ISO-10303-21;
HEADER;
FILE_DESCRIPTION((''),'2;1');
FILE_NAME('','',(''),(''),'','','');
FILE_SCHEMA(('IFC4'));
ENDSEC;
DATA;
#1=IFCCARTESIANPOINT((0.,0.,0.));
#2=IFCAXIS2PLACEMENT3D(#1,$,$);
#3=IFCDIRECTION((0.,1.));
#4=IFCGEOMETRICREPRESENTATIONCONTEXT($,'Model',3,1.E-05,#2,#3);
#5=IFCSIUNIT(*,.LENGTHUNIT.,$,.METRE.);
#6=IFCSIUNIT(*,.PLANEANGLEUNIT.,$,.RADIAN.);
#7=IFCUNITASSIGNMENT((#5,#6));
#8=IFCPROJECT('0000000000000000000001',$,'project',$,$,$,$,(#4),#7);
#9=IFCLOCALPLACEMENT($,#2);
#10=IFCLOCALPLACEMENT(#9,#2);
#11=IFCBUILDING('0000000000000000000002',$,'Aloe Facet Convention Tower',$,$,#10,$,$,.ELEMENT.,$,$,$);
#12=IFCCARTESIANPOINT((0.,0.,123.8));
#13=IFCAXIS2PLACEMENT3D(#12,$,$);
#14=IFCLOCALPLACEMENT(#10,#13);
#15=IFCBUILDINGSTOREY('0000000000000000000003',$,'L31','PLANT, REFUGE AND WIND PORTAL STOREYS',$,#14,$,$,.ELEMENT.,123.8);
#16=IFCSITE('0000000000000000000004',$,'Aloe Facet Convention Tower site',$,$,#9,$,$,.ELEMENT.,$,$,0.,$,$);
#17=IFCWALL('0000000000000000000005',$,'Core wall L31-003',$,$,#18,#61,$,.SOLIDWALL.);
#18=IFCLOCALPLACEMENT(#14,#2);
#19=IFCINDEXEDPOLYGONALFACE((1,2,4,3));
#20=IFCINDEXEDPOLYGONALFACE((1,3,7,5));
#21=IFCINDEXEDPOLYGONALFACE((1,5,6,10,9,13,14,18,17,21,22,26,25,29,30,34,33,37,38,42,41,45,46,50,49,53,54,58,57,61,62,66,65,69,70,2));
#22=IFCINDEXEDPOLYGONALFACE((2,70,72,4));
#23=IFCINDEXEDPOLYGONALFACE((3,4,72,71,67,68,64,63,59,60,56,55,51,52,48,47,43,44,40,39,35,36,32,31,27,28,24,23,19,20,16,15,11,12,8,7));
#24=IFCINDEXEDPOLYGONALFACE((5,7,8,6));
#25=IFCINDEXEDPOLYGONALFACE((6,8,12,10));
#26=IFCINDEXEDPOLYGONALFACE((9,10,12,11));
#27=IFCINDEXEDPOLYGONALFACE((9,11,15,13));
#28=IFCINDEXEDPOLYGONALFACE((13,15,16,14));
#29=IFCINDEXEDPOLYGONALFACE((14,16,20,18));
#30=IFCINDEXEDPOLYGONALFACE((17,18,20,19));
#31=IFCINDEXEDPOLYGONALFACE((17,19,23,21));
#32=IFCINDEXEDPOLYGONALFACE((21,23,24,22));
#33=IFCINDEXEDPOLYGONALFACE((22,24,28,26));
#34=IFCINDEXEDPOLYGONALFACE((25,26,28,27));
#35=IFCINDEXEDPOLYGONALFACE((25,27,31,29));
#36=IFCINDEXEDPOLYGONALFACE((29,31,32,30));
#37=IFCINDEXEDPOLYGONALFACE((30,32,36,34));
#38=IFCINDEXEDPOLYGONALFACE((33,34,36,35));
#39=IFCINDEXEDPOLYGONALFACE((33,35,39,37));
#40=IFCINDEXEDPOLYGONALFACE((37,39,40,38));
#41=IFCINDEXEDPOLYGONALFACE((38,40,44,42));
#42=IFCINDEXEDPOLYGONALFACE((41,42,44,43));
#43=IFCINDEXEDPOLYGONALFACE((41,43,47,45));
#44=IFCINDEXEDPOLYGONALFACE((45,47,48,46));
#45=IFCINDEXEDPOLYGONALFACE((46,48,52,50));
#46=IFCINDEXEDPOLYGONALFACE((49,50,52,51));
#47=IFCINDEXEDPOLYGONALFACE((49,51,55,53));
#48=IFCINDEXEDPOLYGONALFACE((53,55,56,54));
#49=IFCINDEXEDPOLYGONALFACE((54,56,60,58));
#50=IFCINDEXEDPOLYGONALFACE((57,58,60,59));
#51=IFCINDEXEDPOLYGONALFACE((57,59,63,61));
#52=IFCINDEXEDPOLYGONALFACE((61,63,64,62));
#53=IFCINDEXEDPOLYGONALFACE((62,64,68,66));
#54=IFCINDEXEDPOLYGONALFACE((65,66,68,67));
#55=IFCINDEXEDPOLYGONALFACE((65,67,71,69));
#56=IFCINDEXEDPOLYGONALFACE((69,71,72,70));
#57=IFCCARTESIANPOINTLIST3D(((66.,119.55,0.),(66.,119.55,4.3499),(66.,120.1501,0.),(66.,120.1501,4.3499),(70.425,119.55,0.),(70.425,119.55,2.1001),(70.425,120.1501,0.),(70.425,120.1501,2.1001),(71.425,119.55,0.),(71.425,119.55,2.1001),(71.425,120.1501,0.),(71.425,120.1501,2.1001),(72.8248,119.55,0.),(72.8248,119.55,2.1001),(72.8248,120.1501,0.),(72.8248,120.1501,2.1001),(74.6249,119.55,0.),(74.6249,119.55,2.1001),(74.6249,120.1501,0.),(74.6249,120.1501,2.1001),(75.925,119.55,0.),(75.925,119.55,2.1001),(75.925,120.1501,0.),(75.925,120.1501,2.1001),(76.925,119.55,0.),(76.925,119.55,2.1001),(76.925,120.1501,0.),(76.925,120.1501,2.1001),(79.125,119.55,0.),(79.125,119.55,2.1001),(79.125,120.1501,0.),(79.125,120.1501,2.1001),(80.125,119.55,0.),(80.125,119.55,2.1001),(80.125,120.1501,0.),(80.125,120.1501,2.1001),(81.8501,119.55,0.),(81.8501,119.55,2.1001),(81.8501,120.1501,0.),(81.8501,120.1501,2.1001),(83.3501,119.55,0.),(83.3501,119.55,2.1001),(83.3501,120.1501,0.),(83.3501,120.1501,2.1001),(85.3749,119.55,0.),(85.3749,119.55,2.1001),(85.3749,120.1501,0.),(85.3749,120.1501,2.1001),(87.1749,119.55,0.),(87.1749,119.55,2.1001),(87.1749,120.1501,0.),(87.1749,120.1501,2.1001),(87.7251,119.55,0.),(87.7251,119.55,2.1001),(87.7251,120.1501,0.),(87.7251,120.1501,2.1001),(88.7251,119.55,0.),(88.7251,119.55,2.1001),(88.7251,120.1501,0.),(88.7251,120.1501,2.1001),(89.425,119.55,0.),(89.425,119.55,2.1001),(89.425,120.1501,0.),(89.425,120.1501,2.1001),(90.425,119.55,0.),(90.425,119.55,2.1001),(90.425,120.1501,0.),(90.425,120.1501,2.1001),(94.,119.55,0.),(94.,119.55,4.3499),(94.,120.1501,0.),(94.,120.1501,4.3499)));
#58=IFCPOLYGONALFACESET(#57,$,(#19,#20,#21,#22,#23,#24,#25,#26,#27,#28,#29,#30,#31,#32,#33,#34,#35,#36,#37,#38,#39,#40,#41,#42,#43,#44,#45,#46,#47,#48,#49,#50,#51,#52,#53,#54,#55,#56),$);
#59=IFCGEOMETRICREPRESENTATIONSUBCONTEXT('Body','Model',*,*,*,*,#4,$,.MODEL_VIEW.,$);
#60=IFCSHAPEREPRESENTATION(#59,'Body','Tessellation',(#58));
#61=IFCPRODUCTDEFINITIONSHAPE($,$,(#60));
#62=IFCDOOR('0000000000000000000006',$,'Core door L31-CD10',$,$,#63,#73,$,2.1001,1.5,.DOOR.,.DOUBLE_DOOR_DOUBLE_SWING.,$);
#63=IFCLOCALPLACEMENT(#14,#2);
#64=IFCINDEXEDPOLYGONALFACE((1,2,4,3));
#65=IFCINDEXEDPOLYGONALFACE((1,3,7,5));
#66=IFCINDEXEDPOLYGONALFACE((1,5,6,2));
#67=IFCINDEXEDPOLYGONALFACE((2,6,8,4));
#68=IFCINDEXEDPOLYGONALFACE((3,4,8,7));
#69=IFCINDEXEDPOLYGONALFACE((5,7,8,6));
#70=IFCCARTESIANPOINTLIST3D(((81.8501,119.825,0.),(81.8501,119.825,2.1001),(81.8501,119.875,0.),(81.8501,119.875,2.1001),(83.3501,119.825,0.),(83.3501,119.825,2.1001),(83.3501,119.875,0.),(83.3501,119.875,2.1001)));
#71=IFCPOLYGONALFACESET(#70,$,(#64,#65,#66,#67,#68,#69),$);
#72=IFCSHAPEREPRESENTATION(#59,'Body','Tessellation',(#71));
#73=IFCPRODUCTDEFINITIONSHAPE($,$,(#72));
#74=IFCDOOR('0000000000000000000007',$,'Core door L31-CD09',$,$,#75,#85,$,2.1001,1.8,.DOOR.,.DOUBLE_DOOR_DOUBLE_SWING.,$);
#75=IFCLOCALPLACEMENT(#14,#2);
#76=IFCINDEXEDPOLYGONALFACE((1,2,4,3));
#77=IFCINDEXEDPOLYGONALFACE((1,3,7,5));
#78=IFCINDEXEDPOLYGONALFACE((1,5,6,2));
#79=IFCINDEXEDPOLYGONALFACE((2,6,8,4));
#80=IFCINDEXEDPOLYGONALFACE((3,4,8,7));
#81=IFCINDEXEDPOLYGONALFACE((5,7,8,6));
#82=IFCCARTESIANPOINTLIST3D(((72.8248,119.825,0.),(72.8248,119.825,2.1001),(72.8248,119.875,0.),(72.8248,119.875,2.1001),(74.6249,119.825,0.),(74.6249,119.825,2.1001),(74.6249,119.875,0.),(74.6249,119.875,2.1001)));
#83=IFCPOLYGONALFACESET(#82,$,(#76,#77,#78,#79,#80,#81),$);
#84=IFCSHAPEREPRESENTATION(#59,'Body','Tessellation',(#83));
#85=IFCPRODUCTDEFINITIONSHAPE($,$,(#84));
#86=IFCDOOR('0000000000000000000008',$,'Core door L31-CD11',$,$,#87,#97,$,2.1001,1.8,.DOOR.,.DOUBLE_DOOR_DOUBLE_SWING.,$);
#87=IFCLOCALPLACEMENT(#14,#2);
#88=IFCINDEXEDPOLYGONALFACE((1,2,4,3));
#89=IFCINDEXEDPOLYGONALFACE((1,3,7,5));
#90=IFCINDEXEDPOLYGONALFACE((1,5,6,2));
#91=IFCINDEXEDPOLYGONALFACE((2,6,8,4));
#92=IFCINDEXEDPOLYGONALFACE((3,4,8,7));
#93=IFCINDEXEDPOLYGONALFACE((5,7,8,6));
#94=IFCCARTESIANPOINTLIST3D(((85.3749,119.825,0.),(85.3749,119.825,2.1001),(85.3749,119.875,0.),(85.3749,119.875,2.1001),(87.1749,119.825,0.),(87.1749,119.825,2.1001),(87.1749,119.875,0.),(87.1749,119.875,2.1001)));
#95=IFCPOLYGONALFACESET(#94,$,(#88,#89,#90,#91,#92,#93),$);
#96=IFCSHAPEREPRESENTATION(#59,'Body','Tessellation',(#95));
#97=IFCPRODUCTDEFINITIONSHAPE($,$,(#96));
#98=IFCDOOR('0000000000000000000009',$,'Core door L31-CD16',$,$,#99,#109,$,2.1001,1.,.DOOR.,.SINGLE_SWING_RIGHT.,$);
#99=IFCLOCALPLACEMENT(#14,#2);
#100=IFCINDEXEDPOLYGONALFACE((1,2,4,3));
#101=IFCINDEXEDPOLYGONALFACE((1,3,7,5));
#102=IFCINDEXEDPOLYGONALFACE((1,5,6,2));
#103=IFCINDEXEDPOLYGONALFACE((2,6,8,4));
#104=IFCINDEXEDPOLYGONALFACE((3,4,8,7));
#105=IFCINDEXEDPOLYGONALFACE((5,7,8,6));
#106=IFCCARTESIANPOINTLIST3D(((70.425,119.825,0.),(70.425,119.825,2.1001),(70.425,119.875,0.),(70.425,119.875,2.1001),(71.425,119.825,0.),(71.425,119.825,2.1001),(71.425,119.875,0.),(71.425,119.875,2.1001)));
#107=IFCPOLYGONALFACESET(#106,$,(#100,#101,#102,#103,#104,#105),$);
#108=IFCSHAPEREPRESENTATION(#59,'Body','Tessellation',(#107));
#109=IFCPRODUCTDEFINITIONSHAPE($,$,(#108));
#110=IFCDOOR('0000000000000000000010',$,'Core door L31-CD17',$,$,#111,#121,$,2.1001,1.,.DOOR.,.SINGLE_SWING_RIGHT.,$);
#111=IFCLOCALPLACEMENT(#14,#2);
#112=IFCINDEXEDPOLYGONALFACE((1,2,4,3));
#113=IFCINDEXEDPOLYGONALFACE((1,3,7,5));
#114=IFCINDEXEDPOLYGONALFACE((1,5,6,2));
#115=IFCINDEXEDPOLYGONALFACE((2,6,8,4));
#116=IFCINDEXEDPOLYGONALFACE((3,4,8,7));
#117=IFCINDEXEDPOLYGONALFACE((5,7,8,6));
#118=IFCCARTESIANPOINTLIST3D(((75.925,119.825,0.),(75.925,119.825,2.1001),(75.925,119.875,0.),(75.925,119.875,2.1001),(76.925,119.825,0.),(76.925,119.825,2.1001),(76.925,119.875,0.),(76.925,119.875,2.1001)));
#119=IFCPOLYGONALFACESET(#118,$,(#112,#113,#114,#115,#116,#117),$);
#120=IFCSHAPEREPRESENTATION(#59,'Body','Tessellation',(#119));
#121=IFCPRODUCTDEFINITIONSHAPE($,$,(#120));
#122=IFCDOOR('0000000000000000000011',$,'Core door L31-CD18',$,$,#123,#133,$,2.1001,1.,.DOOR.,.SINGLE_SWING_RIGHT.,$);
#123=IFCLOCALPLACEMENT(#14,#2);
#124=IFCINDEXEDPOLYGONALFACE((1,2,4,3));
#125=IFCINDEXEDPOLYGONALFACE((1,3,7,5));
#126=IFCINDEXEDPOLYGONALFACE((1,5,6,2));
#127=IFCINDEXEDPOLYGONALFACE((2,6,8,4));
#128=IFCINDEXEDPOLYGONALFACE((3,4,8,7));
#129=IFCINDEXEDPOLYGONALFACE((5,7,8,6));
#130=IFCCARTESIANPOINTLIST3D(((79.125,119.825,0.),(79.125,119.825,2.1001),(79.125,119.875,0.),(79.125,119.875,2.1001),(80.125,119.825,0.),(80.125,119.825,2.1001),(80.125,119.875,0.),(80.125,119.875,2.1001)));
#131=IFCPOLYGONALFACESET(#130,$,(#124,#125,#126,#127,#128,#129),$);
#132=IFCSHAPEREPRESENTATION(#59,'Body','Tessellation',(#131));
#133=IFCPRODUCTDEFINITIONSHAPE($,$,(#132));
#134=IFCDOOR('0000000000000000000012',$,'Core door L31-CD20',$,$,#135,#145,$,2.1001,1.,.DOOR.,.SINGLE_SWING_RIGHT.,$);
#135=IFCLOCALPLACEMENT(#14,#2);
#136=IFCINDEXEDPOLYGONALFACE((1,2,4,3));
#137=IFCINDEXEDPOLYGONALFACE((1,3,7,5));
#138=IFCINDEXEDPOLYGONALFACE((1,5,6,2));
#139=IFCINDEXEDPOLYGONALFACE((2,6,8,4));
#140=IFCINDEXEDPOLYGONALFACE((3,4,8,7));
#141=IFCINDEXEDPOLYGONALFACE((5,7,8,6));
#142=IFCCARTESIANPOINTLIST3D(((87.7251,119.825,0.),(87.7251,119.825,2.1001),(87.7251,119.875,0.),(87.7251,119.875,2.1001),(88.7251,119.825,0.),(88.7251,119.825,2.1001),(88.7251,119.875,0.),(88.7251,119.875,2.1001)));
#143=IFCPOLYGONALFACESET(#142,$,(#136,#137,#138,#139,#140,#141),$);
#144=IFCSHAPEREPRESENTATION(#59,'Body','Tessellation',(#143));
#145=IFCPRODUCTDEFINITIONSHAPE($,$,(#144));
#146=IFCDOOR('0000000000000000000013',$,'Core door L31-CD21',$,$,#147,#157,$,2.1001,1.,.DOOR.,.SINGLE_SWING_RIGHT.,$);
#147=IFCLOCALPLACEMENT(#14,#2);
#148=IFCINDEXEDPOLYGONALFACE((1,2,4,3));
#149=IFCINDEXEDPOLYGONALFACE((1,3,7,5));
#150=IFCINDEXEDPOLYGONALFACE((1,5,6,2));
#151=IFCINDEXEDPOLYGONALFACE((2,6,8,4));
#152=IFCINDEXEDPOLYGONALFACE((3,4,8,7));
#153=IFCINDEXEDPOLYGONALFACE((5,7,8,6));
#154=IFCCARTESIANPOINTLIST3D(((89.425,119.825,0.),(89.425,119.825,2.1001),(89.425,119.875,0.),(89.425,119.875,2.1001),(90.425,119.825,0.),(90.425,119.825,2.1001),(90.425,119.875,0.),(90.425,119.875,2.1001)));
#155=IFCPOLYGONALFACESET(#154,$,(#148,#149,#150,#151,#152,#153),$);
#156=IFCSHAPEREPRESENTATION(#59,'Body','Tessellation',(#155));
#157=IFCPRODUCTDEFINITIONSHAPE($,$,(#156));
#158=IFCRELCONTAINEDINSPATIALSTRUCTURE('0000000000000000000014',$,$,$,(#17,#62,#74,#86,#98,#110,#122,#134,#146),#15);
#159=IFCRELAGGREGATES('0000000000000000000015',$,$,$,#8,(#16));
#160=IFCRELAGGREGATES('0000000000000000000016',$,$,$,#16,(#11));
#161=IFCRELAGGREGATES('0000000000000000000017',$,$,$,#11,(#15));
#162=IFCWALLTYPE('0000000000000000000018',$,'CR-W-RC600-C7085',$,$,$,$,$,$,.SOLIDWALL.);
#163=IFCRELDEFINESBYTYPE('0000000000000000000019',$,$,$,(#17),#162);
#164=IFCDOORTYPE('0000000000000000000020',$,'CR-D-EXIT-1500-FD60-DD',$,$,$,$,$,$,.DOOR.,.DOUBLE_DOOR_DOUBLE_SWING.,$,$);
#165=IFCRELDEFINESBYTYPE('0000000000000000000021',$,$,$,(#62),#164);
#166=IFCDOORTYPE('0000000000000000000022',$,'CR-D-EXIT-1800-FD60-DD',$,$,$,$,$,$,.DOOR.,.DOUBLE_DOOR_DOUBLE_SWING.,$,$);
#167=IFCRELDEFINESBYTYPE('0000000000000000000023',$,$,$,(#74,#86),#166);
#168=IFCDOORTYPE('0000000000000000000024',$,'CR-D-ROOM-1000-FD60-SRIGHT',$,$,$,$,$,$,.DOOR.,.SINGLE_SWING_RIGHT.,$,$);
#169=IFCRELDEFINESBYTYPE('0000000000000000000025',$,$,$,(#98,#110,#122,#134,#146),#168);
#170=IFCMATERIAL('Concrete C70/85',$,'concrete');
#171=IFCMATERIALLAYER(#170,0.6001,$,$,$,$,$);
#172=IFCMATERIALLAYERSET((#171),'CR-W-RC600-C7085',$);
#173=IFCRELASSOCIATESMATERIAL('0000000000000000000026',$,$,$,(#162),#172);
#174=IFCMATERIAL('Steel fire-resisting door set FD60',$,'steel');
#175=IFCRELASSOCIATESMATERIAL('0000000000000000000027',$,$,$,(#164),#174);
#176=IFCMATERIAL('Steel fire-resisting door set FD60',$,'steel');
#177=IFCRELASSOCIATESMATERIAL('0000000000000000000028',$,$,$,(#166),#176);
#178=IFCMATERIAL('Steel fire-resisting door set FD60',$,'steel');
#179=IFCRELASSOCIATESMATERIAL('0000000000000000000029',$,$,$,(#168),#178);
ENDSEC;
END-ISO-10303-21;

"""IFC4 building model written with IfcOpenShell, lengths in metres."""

from ifc_helpers import new_model, si_unit, direction, frame, frame_2d, origin, place, context, subcontext, project, spatial, rectangle, extrude, material, layer, layer_set, type_object, element, fill, save


model = new_model("IFC4")

# Units and contexts
model_context = context("Model", 3, precision=1e-05, world=origin(), true_north=direction((0.0, 1.0)))
body_context = subcontext(model_context, "Body", "Model", "MODEL_VIEW")
ifc_project = project(units=[si_unit("LENGTHUNIT", "METRE"), si_unit("PLANEANGLEUNIT", "RADIAN")], contexts=[model_context])

# Site, building, storey
site_placement = place(None, origin())
site = spatial("IfcSite", under=ifc_project, at=site_placement, Name="Aloe Facet Convention Tower site", CompositionType="ELEMENT", RefElevation=0.0)
building_placement = place(site_placement, origin())
building = spatial("IfcBuilding", under=site, at=building_placement, Name="Aloe Facet Convention Tower", CompositionType="ELEMENT")
storey_placement = place(building_placement, frame((0.0, 0.0, 123.8)))
storey = spatial("IfcBuildingStorey", under=building, at=storey_placement, Name="L31", Description="PLANT, REFUGE AND WIND PORTAL STOREYS", CompositionType="ELEMENT", Elevation=123.8)

# Wall, openings, doors
ifc_material_1 = material(Name="Concrete C70/85", Category="concrete")
ifc_layer_1 = layer(ifc_material_1, 0.6001)
ifc_layer_set_1 = layer_set([ifc_layer_1], Name="CR-W-RC600-C7085")
wall_type_1 = type_object("IfcWallType", Name="CR-W-RC600-C7085", PredefinedType="SOLIDWALL", material=ifc_layer_set_1)
wall_1_placement = place(storey_placement, frame((66.0, 119.8501, 0.0), z_axis=(0.0, 0.0, 1.0), x_axis=(1.0, 0.0, 0.0)))
wall_1 = element("IfcWall", 1, at=wall_1_placement, inside=storey, type_object=wall_type_1, Name="Core wall L31-003", PredefinedType="SOLIDWALL", context=body_context, shape_type="SweptSolid", body=[
    extrude(rectangle(XDim=28.0, YDim=0.6001, at=frame_2d((14.0, 0.0))), origin(), (0.0, 0.0, 1.0), 4.3499),
])
opening_1_placement = place(wall_1_placement, frame((6.825, 0.0, 0.0)))
opening_1 = element("IfcOpeningElement", 2, at=opening_1_placement, cuts=wall_1, PredefinedType="OPENING", context=body_context, shape_type="SweptSolid", body=[
    extrude(rectangle(XDim=1.8, YDim=2.1001, at=frame_2d((0.8999, 1.05))), frame((0.0, 0.3101, 0.0), z_axis=(0.0, -1.0, 0.0), x_axis=(1.0, 0.0, 0.0)), (0.0, 0.0, 1.0), 0.6201),
])
opening_2_placement = place(wall_1_placement, frame((15.8501, 0.0, 0.0)))
opening_2 = element("IfcOpeningElement", 3, at=opening_2_placement, cuts=wall_1, PredefinedType="OPENING", context=body_context, shape_type="SweptSolid", body=[
    extrude(rectangle(XDim=1.5, YDim=2.1001, at=frame_2d((0.75, 1.05))), frame((0.0, 0.3101, 0.0), z_axis=(0.0, -1.0, 0.0), x_axis=(1.0, 0.0, 0.0)), (0.0, 0.0, 1.0), 0.6201),
])
opening_3_placement = place(wall_1_placement, frame((19.375, 0.0, 0.0)))
opening_3 = element("IfcOpeningElement", 4, at=opening_3_placement, cuts=wall_1, PredefinedType="OPENING", context=body_context, shape_type="SweptSolid", body=[
    extrude(rectangle(XDim=1.8, YDim=2.1001, at=frame_2d((0.8999, 1.05))), frame((0.0, 0.3101, 0.0), z_axis=(0.0, -1.0, 0.0), x_axis=(1.0, 0.0, 0.0)), (0.0, 0.0, 1.0), 0.6201),
])
opening_4_placement = place(wall_1_placement, frame((4.425, 0.0, 0.0)))
opening_4 = element("IfcOpeningElement", 5, at=opening_4_placement, cuts=wall_1, PredefinedType="OPENING", context=body_context, shape_type="SweptSolid", body=[
    extrude(rectangle(XDim=1.0, YDim=2.1001, at=frame_2d((0.5, 1.05))), frame((0.0, 0.3101, 0.0), z_axis=(0.0, -1.0, 0.0), x_axis=(1.0, 0.0, 0.0)), (0.0, 0.0, 1.0), 0.6201),
])
opening_5_placement = place(wall_1_placement, frame((9.925, 0.0, 0.0)))
opening_5 = element("IfcOpeningElement", 6, at=opening_5_placement, cuts=wall_1, PredefinedType="OPENING", context=body_context, shape_type="SweptSolid", body=[
    extrude(rectangle(XDim=1.0, YDim=2.1001, at=frame_2d((0.5, 1.05))), frame((0.0, 0.3101, 0.0), z_axis=(0.0, -1.0, 0.0), x_axis=(1.0, 0.0, 0.0)), (0.0, 0.0, 1.0), 0.6201),
])
opening_6_placement = place(wall_1_placement, frame((13.125, 0.0, 0.0)))
opening_6 = element("IfcOpeningElement", 7, at=opening_6_placement, cuts=wall_1, PredefinedType="OPENING", context=body_context, shape_type="SweptSolid", body=[
    extrude(rectangle(XDim=1.0, YDim=2.1001, at=frame_2d((0.5, 1.05))), frame((0.0, 0.3101, 0.0), z_axis=(0.0, -1.0, 0.0), x_axis=(1.0, 0.0, 0.0)), (0.0, 0.0, 1.0), 0.6201),
])
opening_7_placement = place(wall_1_placement, frame((21.7251, 0.0, 0.0)))
opening_7 = element("IfcOpeningElement", 8, at=opening_7_placement, cuts=wall_1, PredefinedType="OPENING", context=body_context, shape_type="SweptSolid", body=[
    extrude(rectangle(XDim=1.0, YDim=2.1001, at=frame_2d((0.5, 1.05))), frame((0.0, 0.3101, 0.0), z_axis=(0.0, -1.0, 0.0), x_axis=(1.0, 0.0, 0.0)), (0.0, 0.0, 1.0), 0.6201),
])
opening_8_placement = place(wall_1_placement, frame((23.425, 0.0, 0.0)))
opening_8 = element("IfcOpeningElement", 9, at=opening_8_placement, cuts=wall_1, PredefinedType="OPENING", context=body_context, shape_type="SweptSolid", body=[
    extrude(rectangle(XDim=1.0, YDim=2.1001, at=frame_2d((0.5, 1.05))), frame((0.0, 0.3101, 0.0), z_axis=(0.0, -1.0, 0.0), x_axis=(1.0, 0.0, 0.0)), (0.0, 0.0, 1.0), 0.6201),
])
ifc_material_2 = material(Name="Steel fire-resisting door set FD60", Category="steel")
door_type_1 = type_object("IfcDoorType", Name="CR-D-EXIT-1500-FD60-DD", OperationType="DOUBLE_DOOR_DOUBLE_SWING", PredefinedType="DOOR", material=ifc_material_2)
door_1_placement = place(opening_2_placement, origin())
door_1 = element("IfcDoor", 10, at=door_1_placement, inside=storey, type_object=door_type_1, Name="Core door L31-CD10", OperationType="DOUBLE_DOOR_DOUBLE_SWING", OverallHeight=2.1001, OverallWidth=1.5, PredefinedType="DOOR", context=body_context, shape_type="SweptSolid", body=[
    extrude(rectangle(XDim=1.5, YDim=2.1001, at=frame_2d((0.75, 1.05))), frame((0.0, 0.0249, 0.0), z_axis=(0.0, -1.0, 0.0), x_axis=(1.0, 0.0, 0.0)), (0.0, 0.0, 1.0), 0.05),
])
fill(opening_2, door_1)
ifc_material_3 = material(Name="Steel fire-resisting door set FD60", Category="steel")
door_type_2 = type_object("IfcDoorType", Name="CR-D-EXIT-1800-FD60-DD", OperationType="DOUBLE_DOOR_DOUBLE_SWING", PredefinedType="DOOR", material=ifc_material_3)
door_2_placement = place(opening_1_placement, origin())
door_2 = element("IfcDoor", 11, at=door_2_placement, inside=storey, type_object=door_type_2, Name="Core door L31-CD09", OperationType="DOUBLE_DOOR_DOUBLE_SWING", OverallHeight=2.1001, OverallWidth=1.8, PredefinedType="DOOR", context=body_context, shape_type="SweptSolid", body=[
    extrude(rectangle(XDim=1.8, YDim=2.1001, at=frame_2d((0.8999, 1.05))), frame((0.0, 0.0249, 0.0), z_axis=(0.0, -1.0, 0.0), x_axis=(1.0, 0.0, 0.0)), (0.0, 0.0, 1.0), 0.05),
])
fill(opening_1, door_2)
door_3_placement = place(opening_3_placement, origin())
door_3 = element("IfcDoor", 12, at=door_3_placement, inside=storey, type_object=door_type_2, Name="Core door L31-CD11", OperationType="DOUBLE_DOOR_DOUBLE_SWING", OverallHeight=2.1001, OverallWidth=1.8, PredefinedType="DOOR", context=body_context, shape_type="SweptSolid", body=[
    extrude(rectangle(XDim=1.8, YDim=2.1001, at=frame_2d((0.8999, 1.05))), frame((0.0, 0.0249, 0.0), z_axis=(0.0, -1.0, 0.0), x_axis=(1.0, 0.0, 0.0)), (0.0, 0.0, 1.0), 0.05),
])
fill(opening_3, door_3)
ifc_material_4 = material(Name="Steel fire-resisting door set FD60", Category="steel")
door_type_3 = type_object("IfcDoorType", Name="CR-D-ROOM-1000-FD60-SRIGHT", OperationType="SINGLE_SWING_RIGHT", PredefinedType="DOOR", material=ifc_material_4)
door_4_placement = place(opening_4_placement, origin())
door_4 = element("IfcDoor", 13, at=door_4_placement, inside=storey, type_object=door_type_3, Name="Core door L31-CD16", OperationType="SINGLE_SWING_RIGHT", OverallHeight=2.1001, OverallWidth=1.0, PredefinedType="DOOR", context=body_context, shape_type="SweptSolid", body=[
    extrude(rectangle(XDim=1.0, YDim=2.1001, at=frame_2d((0.5, 1.05))), frame((0.0, 0.0249, 0.0), z_axis=(0.0, -1.0, 0.0), x_axis=(1.0, 0.0, 0.0)), (0.0, 0.0, 1.0), 0.05),
])
fill(opening_4, door_4)
door_5_placement = place(opening_5_placement, origin())
door_5 = element("IfcDoor", 14, at=door_5_placement, inside=storey, type_object=door_type_3, Name="Core door L31-CD17", OperationType="SINGLE_SWING_RIGHT", OverallHeight=2.1001, OverallWidth=1.0, PredefinedType="DOOR", context=body_context, shape_type="SweptSolid", body=[
    extrude(rectangle(XDim=1.0, YDim=2.1001, at=frame_2d((0.5, 1.05))), frame((0.0, 0.0249, 0.0), z_axis=(0.0, -1.0, 0.0), x_axis=(1.0, 0.0, 0.0)), (0.0, 0.0, 1.0), 0.05),
])
fill(opening_5, door_5)
door_6_placement = place(opening_6_placement, origin())
door_6 = element("IfcDoor", 15, at=door_6_placement, inside=storey, type_object=door_type_3, Name="Core door L31-CD18", OperationType="SINGLE_SWING_RIGHT", OverallHeight=2.1001, OverallWidth=1.0, PredefinedType="DOOR", context=body_context, shape_type="SweptSolid", body=[
    extrude(rectangle(XDim=1.0, YDim=2.1001, at=frame_2d((0.5, 1.05))), frame((0.0, 0.0249, 0.0), z_axis=(0.0, -1.0, 0.0), x_axis=(1.0, 0.0, 0.0)), (0.0, 0.0, 1.0), 0.05),
])
fill(opening_6, door_6)
door_7_placement = place(opening_7_placement, origin())
door_7 = element("IfcDoor", 16, at=door_7_placement, inside=storey, type_object=door_type_3, Name="Core door L31-CD20", OperationType="SINGLE_SWING_RIGHT", OverallHeight=2.1001, OverallWidth=1.0, PredefinedType="DOOR", context=body_context, shape_type="SweptSolid", body=[
    extrude(rectangle(XDim=1.0, YDim=2.1001, at=frame_2d((0.5, 1.05))), frame((0.0, 0.0249, 0.0), z_axis=(0.0, -1.0, 0.0), x_axis=(1.0, 0.0, 0.0)), (0.0, 0.0, 1.0), 0.05),
])
fill(opening_7, door_7)
door_8_placement = place(opening_8_placement, origin())
door_8 = element("IfcDoor", 17, at=door_8_placement, inside=storey, type_object=door_type_3, Name="Core door L31-CD21", OperationType="SINGLE_SWING_RIGHT", OverallHeight=2.1001, OverallWidth=1.0, PredefinedType="DOOR", context=body_context, shape_type="SweptSolid", body=[
    extrude(rectangle(XDim=1.0, YDim=2.1001, at=frame_2d((0.5, 1.05))), frame((0.0, 0.0249, 0.0), z_axis=(0.0, -1.0, 0.0), x_axis=(1.0, 0.0, 0.0)), (0.0, 0.0, 1.0), 0.05),
])
fill(opening_8, door_8)

save(model, "model.ifc")
